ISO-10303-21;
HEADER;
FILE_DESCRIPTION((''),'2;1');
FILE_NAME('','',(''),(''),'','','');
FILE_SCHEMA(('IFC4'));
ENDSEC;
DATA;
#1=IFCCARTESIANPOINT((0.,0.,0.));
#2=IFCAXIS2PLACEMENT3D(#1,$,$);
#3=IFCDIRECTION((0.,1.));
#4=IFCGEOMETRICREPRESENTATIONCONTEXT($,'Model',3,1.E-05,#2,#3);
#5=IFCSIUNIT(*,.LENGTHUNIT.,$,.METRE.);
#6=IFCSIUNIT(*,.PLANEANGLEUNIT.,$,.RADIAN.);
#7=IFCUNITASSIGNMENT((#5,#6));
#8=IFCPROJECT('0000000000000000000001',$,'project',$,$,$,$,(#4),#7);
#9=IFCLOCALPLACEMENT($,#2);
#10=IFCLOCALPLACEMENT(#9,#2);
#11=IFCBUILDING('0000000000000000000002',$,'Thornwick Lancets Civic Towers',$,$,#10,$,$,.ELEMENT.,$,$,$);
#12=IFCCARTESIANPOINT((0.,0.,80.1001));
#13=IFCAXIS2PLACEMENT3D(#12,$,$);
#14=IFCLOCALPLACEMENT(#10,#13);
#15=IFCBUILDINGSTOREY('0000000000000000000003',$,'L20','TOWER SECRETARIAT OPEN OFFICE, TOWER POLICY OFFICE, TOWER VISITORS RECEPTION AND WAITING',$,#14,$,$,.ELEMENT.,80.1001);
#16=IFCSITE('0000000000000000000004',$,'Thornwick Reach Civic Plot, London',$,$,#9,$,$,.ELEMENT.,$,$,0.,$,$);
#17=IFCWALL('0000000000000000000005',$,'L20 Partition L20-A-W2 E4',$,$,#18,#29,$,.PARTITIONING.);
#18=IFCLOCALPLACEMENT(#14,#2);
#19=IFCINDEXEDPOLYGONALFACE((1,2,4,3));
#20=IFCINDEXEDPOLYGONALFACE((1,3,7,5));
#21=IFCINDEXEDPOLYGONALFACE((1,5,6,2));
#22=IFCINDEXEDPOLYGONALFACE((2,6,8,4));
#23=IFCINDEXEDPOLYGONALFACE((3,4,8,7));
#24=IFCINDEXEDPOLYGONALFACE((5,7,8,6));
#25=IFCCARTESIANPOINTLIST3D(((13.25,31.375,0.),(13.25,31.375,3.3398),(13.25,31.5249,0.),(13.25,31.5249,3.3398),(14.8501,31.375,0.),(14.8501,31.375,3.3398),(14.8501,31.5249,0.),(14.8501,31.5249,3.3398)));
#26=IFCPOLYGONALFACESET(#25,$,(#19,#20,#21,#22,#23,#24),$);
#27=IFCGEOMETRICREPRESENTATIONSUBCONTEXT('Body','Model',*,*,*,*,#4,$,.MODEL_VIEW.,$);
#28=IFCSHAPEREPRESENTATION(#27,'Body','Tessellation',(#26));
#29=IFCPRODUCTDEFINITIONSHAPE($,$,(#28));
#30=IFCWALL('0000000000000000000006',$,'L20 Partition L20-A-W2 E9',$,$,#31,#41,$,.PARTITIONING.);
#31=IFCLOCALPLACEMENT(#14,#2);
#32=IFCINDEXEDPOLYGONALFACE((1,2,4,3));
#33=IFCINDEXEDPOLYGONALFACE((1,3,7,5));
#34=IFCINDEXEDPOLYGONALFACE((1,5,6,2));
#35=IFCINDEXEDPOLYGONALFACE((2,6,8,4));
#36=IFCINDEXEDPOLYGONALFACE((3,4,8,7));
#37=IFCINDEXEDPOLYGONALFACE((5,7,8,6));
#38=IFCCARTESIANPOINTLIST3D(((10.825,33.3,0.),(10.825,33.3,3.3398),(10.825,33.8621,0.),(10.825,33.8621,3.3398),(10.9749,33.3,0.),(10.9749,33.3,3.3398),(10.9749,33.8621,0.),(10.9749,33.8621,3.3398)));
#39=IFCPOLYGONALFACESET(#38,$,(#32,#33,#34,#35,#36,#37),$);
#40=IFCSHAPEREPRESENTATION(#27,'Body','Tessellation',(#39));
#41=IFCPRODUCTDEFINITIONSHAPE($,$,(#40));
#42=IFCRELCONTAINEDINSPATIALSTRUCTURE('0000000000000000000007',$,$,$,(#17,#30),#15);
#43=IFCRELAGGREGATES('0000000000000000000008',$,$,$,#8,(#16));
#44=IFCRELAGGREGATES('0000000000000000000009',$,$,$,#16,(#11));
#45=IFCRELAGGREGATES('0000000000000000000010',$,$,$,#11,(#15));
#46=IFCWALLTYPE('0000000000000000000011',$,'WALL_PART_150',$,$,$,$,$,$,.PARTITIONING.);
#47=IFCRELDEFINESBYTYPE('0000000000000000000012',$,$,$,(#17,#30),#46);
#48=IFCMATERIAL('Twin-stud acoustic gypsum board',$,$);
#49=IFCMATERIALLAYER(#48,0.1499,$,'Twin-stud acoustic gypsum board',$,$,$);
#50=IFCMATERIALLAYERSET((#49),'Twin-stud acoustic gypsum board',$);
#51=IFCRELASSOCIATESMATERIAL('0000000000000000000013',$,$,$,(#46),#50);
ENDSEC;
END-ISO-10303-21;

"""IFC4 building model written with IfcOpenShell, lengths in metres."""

from ifc_helpers import new_model, si_unit, direction, frame, frame_2d, origin, place, context, subcontext, project, spatial, rectangle, extrude, material, layer, layer_set, type_object, element, save


model = new_model("IFC4")

# Units and contexts
model_context = context("Model", 3, precision=1e-05, world=origin(), true_north=direction((0.0, 1.0)))
body_context = subcontext(model_context, "Body", "Model", "MODEL_VIEW")
ifc_project = project(units=[si_unit("LENGTHUNIT", "METRE"), si_unit("PLANEANGLEUNIT", "RADIAN")], contexts=[model_context])

# Site, building, storey
site_placement = place(None, origin())
site = spatial("IfcSite", under=ifc_project, at=site_placement, Name="Thornwick Reach Civic Plot, London", CompositionType="ELEMENT", RefElevation=0.0)
building_placement = place(site_placement, origin())
building = spatial("IfcBuilding", under=site, at=building_placement, Name="Thornwick Lancets Civic Towers", CompositionType="ELEMENT")
storey_placement = place(building_placement, frame((0.0, 0.0, 80.1001)))
storey = spatial("IfcBuildingStorey", under=building, at=storey_placement, Name="L20", Description="TOWER SECRETARIAT OPEN OFFICE, TOWER POLICY OFFICE, TOWER VISITORS RECEPTION AND WAITING", CompositionType="ELEMENT", Elevation=80.1001)

# Shared definitions
ifc_material_1 = material(Name="Twin-stud acoustic gypsum board")
ifc_layer_1 = layer(ifc_material_1, 0.1499, Name="Twin-stud acoustic gypsum board")
ifc_layer_set_1 = layer_set([ifc_layer_1], Name="Twin-stud acoustic gypsum board")
wall_type_1 = type_object("IfcWallType", Name="WALL_PART_150", PredefinedType="PARTITIONING", material=ifc_layer_set_1)

# Wall
wall_1_placement = place(storey_placement, frame((13.25, 31.45, 0.0), z_axis=(0.0, 0.0, 1.0), x_axis=(1.0, 0.0, 0.0)))
element("IfcWall", 1, at=wall_1_placement, inside=storey, type_object=wall_type_1, Name="L20 Partition L20-A-W2 E4", PredefinedType="PARTITIONING", context=body_context, shape_type="SweptSolid", body=[
    extrude(rectangle(XDim=1.6001, YDim=0.1499, at=frame_2d((0.8, 0.0))), origin(), (0.0, 0.0, 1.0), 3.3398),
])

# Wall
wall_2_placement = place(storey_placement, frame((10.8999, 33.8621, 0.0), z_axis=(0.0, 0.0, 1.0), x_axis=(0.0, -1.0, 0.0)))
element("IfcWall", 2, at=wall_2_placement, inside=storey, type_object=wall_type_1, Name="L20 Partition L20-A-W2 E9", PredefinedType="PARTITIONING", context=body_context, shape_type="SweptSolid", body=[
    extrude(rectangle(XDim=0.562, YDim=0.1499, at=frame_2d((0.281, 0.0))), origin(), (0.0, 0.0, 1.0), 3.3398),
])

save(model, "model.ifc")
